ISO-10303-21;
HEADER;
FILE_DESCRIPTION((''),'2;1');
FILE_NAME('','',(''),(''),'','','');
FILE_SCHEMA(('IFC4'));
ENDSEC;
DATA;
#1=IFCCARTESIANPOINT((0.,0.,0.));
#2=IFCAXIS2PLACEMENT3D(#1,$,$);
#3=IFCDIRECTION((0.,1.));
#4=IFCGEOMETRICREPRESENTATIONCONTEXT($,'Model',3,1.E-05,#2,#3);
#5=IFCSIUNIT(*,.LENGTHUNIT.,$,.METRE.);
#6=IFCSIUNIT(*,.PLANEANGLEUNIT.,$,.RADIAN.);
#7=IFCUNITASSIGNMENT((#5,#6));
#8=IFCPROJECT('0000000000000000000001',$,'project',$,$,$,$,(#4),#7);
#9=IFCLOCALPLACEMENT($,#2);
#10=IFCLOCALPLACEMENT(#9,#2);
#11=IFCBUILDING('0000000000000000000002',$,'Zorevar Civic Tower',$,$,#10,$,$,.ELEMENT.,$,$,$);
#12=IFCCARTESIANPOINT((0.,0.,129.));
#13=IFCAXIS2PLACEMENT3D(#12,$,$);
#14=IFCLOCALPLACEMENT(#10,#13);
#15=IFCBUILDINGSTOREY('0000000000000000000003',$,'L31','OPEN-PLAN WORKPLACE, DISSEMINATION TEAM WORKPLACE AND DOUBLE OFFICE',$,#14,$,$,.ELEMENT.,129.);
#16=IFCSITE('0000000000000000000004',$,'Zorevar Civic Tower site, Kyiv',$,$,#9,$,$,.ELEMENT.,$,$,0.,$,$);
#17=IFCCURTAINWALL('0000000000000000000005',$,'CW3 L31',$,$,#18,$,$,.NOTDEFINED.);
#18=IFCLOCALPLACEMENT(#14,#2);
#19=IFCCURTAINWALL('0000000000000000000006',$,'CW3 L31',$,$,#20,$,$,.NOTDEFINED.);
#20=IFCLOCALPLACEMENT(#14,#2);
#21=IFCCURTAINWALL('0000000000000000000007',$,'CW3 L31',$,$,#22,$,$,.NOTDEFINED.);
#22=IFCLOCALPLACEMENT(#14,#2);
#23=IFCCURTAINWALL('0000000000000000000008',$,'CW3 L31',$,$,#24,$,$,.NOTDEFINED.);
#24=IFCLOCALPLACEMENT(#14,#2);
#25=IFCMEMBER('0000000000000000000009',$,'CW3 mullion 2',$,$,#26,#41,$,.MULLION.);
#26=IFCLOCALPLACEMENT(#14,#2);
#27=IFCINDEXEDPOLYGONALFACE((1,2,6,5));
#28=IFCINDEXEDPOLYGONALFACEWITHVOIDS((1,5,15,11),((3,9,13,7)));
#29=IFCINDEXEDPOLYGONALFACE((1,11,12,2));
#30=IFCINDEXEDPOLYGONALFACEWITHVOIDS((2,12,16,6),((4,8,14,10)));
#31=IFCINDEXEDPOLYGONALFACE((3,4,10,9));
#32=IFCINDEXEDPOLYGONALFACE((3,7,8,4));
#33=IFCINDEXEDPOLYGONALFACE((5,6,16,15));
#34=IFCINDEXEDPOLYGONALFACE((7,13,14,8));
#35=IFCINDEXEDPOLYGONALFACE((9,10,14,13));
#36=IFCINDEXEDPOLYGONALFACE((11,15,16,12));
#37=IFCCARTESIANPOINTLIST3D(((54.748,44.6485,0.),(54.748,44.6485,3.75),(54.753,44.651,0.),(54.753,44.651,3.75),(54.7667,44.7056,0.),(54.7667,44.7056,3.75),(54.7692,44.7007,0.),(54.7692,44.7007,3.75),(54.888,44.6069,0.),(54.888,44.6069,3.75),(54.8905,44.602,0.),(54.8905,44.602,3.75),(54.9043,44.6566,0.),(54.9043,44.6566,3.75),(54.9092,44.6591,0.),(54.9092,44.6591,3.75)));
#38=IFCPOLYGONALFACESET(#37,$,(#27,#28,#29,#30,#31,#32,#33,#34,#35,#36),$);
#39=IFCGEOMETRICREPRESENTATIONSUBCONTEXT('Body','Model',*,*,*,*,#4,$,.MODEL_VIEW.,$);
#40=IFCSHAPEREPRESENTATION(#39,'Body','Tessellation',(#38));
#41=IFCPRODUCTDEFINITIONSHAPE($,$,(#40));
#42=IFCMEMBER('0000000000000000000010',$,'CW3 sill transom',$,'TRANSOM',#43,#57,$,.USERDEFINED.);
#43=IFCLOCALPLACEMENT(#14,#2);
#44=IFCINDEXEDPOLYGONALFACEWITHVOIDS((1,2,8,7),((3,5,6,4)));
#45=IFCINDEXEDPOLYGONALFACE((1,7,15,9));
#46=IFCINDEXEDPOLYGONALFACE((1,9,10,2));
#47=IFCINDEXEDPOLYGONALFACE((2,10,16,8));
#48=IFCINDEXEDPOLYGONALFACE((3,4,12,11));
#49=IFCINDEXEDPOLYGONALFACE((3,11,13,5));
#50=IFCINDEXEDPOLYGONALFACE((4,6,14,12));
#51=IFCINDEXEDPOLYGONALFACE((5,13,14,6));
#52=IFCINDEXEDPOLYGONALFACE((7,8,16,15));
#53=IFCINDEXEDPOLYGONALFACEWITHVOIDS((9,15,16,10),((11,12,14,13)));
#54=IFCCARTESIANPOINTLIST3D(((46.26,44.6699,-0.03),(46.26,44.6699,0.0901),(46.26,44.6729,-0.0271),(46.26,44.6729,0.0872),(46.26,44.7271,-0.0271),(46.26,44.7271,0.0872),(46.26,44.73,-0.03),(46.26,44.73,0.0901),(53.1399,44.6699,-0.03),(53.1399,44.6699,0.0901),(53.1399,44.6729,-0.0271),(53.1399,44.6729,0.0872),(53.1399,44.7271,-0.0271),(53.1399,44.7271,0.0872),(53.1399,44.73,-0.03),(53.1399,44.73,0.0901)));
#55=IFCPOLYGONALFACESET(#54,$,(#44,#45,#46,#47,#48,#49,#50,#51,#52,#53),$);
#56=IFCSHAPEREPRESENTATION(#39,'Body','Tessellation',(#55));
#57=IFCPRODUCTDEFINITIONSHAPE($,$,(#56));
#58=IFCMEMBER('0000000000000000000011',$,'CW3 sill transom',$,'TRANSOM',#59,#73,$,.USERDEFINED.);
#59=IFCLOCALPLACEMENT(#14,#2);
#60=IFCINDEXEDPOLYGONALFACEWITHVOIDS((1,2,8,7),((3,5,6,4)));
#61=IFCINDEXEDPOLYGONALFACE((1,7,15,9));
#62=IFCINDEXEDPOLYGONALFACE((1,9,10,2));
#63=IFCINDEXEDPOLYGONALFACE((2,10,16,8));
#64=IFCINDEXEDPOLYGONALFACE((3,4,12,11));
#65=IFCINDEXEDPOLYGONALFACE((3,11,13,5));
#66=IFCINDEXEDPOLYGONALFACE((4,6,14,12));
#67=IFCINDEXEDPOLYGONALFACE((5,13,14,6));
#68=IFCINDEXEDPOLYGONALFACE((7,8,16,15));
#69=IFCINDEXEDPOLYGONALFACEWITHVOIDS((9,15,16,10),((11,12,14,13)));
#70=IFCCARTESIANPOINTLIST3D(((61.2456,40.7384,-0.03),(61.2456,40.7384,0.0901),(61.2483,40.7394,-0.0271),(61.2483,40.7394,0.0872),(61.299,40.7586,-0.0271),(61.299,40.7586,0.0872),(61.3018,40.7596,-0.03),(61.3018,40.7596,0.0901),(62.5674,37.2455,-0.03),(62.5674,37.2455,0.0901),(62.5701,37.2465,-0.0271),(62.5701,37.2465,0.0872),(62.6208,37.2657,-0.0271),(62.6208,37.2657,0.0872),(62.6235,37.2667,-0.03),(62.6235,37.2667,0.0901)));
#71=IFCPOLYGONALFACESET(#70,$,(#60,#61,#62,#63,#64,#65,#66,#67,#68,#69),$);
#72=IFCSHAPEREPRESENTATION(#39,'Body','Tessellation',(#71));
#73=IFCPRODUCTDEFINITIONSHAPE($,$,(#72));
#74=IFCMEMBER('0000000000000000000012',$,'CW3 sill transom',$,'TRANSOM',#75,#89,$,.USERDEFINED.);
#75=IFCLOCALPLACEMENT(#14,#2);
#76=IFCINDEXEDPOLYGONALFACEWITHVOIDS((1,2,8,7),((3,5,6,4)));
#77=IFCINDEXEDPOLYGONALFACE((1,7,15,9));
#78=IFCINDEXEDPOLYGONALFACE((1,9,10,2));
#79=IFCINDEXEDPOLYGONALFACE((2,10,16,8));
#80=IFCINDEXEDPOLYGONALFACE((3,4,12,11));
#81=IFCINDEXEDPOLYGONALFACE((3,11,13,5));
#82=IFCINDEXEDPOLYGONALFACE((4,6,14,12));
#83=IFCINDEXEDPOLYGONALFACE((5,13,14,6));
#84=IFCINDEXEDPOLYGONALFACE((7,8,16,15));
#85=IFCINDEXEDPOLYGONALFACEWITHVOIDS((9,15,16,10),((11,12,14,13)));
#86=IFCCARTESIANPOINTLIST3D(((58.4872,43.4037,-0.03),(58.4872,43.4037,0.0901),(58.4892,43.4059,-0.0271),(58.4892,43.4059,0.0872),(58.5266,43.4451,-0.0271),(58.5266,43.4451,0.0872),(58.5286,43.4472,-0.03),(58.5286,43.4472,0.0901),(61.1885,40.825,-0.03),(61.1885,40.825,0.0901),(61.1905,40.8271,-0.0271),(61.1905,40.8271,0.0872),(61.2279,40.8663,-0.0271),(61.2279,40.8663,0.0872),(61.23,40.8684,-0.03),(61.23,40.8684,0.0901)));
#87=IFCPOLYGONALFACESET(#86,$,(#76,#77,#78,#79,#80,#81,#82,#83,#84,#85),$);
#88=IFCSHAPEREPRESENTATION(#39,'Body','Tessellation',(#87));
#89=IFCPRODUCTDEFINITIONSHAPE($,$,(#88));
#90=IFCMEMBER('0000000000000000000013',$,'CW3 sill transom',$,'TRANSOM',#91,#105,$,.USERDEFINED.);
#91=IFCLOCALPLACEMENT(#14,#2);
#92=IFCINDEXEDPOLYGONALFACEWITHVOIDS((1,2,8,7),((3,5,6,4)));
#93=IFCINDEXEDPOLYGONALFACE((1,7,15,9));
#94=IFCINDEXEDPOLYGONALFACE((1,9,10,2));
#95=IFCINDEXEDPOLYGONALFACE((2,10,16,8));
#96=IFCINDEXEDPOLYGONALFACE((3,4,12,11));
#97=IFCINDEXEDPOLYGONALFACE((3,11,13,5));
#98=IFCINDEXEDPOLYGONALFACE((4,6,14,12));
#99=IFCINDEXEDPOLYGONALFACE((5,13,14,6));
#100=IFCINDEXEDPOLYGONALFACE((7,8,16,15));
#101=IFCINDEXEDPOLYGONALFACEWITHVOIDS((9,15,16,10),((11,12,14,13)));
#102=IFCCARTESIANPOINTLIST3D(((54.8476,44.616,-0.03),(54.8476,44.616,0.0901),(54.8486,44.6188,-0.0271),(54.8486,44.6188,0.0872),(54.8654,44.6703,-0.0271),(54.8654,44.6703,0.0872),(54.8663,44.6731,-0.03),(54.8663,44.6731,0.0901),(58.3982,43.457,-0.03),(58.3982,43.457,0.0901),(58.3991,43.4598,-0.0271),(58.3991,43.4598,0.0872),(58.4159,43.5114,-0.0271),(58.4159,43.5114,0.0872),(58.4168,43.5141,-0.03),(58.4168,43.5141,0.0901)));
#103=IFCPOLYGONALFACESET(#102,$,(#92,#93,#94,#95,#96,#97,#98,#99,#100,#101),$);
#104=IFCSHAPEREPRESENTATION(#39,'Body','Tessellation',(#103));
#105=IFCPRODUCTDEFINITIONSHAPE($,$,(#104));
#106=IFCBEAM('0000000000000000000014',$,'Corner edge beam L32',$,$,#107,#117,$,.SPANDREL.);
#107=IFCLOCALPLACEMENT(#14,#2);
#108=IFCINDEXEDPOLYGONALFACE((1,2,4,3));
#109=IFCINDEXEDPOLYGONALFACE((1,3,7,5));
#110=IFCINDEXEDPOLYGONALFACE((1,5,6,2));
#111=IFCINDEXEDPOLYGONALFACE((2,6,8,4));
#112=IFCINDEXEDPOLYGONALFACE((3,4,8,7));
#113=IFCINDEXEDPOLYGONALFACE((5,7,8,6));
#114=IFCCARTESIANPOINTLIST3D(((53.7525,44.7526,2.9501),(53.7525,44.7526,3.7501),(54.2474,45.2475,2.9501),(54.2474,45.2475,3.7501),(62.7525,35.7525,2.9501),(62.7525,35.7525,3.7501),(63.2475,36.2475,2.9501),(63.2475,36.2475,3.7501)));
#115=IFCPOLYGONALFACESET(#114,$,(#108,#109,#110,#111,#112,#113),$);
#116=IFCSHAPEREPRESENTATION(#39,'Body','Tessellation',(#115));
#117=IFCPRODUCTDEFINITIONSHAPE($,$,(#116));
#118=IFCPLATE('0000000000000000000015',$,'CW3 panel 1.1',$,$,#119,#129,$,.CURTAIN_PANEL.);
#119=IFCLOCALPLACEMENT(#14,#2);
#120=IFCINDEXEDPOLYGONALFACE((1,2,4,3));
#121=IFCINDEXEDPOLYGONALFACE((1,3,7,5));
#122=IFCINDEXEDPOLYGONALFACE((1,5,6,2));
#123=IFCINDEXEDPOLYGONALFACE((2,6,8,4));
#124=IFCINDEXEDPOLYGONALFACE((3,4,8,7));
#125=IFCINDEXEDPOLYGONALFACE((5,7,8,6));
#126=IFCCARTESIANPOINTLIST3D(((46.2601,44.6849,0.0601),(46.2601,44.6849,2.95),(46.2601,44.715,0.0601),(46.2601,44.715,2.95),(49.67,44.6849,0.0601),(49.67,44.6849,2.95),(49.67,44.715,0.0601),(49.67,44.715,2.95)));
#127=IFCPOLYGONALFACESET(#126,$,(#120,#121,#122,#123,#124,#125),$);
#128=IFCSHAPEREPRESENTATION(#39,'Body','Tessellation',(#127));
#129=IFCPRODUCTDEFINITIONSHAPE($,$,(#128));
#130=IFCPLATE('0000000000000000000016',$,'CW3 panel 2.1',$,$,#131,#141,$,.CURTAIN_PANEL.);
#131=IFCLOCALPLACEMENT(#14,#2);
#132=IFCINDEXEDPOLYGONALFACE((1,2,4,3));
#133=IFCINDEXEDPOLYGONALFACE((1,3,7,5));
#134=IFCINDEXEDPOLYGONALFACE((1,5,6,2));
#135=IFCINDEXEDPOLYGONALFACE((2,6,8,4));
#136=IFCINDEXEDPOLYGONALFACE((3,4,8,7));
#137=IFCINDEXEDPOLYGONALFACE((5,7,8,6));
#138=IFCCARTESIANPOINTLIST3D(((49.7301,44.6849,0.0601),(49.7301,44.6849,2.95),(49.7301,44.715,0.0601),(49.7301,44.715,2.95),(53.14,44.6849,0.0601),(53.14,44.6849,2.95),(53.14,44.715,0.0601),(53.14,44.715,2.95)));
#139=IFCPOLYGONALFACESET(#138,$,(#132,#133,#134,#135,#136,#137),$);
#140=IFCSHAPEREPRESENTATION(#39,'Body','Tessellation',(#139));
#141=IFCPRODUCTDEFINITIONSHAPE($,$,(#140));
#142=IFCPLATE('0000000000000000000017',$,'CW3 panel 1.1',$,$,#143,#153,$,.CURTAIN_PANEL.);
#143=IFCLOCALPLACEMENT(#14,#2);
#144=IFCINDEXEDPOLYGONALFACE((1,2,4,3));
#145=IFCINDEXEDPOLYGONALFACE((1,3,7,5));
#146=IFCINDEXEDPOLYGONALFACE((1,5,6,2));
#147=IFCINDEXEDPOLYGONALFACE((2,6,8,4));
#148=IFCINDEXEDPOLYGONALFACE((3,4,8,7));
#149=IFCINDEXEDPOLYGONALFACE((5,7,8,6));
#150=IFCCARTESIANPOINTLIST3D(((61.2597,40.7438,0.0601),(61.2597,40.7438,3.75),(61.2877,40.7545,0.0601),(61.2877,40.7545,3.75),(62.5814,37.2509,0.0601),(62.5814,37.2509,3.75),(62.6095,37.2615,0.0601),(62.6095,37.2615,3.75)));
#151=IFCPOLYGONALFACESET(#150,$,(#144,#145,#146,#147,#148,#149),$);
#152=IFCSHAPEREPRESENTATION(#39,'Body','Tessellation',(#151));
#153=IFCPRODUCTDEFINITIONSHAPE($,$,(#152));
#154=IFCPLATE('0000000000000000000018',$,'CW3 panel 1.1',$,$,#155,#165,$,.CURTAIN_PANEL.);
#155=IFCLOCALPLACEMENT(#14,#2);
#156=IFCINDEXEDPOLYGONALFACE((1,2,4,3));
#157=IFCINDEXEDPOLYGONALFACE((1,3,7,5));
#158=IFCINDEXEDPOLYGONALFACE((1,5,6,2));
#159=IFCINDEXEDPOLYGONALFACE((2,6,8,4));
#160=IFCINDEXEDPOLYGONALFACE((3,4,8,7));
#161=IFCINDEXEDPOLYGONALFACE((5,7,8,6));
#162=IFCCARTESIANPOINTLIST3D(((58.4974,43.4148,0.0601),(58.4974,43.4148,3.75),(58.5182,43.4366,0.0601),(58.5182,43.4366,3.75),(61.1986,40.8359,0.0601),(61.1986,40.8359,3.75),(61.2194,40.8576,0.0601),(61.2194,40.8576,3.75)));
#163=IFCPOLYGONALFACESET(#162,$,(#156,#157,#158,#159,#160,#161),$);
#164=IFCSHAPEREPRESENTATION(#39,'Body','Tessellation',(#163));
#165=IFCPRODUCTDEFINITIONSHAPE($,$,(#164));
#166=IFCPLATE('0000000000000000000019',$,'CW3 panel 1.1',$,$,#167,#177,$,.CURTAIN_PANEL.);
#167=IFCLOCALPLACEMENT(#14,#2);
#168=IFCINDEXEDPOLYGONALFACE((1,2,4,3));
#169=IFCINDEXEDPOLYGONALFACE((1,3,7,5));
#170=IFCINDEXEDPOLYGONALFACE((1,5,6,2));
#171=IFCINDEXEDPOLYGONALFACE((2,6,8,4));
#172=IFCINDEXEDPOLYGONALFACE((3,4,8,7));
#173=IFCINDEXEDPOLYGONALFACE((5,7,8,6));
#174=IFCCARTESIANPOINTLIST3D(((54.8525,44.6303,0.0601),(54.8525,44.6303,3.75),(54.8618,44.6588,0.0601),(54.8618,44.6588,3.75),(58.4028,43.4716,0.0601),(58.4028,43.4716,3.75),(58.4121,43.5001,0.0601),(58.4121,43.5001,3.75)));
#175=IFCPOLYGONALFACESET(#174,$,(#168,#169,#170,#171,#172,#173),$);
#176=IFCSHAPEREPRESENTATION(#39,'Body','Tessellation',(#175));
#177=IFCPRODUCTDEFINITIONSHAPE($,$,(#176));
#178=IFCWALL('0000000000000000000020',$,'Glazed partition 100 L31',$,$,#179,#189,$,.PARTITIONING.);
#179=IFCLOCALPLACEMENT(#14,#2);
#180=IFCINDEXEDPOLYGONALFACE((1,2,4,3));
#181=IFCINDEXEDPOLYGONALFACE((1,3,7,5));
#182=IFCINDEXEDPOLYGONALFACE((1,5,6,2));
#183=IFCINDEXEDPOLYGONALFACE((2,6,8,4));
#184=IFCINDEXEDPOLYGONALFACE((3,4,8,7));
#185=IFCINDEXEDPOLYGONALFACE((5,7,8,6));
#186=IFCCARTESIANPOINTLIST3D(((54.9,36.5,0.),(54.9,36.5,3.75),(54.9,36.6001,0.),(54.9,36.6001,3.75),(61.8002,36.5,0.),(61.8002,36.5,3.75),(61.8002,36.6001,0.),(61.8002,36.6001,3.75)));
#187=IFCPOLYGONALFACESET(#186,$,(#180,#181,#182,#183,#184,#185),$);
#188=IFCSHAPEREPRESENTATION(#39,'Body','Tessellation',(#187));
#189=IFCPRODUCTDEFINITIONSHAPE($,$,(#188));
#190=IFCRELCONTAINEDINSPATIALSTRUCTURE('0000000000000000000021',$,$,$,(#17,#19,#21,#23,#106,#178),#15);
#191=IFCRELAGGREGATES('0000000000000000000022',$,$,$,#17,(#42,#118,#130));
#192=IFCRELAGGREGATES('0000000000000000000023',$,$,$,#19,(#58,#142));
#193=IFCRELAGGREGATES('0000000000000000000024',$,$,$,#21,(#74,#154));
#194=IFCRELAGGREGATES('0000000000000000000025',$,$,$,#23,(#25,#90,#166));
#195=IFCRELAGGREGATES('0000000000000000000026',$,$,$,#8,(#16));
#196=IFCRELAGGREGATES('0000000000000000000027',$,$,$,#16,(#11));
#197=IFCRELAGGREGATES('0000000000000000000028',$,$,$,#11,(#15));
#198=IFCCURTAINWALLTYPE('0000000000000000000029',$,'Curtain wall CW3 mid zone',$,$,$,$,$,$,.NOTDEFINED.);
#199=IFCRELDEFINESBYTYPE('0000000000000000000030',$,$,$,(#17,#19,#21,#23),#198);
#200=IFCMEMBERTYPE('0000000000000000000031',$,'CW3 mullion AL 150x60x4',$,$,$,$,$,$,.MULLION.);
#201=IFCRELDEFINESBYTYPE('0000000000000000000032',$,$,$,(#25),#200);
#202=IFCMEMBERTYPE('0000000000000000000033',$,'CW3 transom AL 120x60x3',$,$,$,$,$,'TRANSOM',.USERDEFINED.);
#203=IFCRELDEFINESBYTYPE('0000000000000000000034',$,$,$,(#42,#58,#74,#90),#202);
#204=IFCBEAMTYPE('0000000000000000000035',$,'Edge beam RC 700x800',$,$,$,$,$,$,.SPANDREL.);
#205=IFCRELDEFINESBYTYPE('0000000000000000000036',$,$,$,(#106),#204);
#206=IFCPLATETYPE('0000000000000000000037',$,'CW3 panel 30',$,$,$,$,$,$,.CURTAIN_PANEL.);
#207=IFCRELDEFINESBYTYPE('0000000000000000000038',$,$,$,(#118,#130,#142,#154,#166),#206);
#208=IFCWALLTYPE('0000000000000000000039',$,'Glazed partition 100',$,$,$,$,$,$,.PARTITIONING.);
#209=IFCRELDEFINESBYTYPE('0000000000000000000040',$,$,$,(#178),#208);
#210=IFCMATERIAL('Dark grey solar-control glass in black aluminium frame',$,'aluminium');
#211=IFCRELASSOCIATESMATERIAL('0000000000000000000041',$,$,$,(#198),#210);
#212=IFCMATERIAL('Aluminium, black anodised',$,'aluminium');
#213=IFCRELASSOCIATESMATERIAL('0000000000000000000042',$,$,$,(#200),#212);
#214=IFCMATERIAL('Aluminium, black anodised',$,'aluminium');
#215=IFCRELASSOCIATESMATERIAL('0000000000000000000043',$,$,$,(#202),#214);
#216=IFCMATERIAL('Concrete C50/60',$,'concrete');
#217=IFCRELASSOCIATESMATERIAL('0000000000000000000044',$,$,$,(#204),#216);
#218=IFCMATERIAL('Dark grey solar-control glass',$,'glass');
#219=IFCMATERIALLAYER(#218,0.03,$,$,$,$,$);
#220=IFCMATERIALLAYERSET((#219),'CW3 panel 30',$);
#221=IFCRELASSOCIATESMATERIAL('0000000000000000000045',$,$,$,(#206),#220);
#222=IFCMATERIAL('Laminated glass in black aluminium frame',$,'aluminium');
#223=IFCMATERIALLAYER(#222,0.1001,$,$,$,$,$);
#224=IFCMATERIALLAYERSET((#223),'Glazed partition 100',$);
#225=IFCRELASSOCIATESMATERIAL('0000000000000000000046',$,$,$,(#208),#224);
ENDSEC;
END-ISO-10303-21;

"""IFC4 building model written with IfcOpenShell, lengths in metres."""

from ifc_helpers import new_model, si_unit, direction, frame, frame_2d, origin, origin_2d, place, context, subcontext, project, spatial, rectangle, hollow_rectangle, extrude, material, layer, layer_set, material_profile, profile_set, type_object, element, aggregate, save


model = new_model("IFC4")

# Units and contexts
model_context = context("Model", 3, precision=1e-05, world=origin(), true_north=direction((0.0, 1.0)))
body_context = subcontext(model_context, "Body", "Model", "MODEL_VIEW")
ifc_project = project(units=[si_unit("LENGTHUNIT", "METRE"), si_unit("PLANEANGLEUNIT", "RADIAN")], contexts=[model_context])

# Site, building, storey
site_placement = place(None, origin())
site = spatial("IfcSite", under=ifc_project, at=site_placement, Name="Zorevar Civic Tower site, Kyiv", CompositionType="ELEMENT", RefElevation=0.0)
building_placement = place(site_placement, origin())
building = spatial("IfcBuilding", under=site, at=building_placement, Name="Zorevar Civic Tower", CompositionType="ELEMENT")
storey_placement = place(building_placement, frame((0.0, 0.0, 129.0)))
storey = spatial("IfcBuildingStorey", under=building, at=storey_placement, Name="L31", Description="OPEN-PLAN WORKPLACE, DISSEMINATION TEAM WORKPLACE AND DOUBLE OFFICE", CompositionType="ELEMENT", Elevation=129.0)

# Curtain walls, member
ifc_material_1 = material(Name="Dark grey solar-control glass in black aluminium frame", Category="aluminium")
curtain_wall_type = type_object("IfcCurtainWallType", Name="Curtain wall CW3 mid zone", PredefinedType="NOTDEFINED", material=ifc_material_1)
curtain_wall_1_placement = place(storey_placement, origin())
curtain_wall_1 = element("IfcCurtainWall", 1, at=curtain_wall_1_placement, inside=storey, type_object=curtain_wall_type, Name="CW3 L31", PredefinedType="NOTDEFINED")
ifc_material_2 = material(Name="Aluminium, black anodised", Category="aluminium")
ifc_material_profile_1 = material_profile(ifc_material_2, hollow_rectangle(XDim=0.0601, YDim=0.1499, WallThickness=0.0039, at=origin_2d()), Name="AL 150x60x4")
ifc_profile_set_1 = profile_set([ifc_material_profile_1], Name="Aluminium, black anodised")
member_type_1 = type_object("IfcMemberType", Name="CW3 mullion AL 150x60x4", PredefinedType="MULLION", material=ifc_profile_set_1)
curtain_wall_2_placement = place(storey_placement, origin())
curtain_wall_2 = element("IfcCurtainWall", 2, at=curtain_wall_2_placement, inside=storey, type_object=curtain_wall_type, Name="CW3 L31", PredefinedType="NOTDEFINED")
curtain_wall_3_placement = place(storey_placement, origin())
curtain_wall_3 = element("IfcCurtainWall", 3, at=curtain_wall_3_placement, inside=storey, type_object=curtain_wall_type, Name="CW3 L31", PredefinedType="NOTDEFINED")
curtain_wall_4_placement = place(storey_placement, origin())
curtain_wall_4 = element("IfcCurtainWall", 4, at=curtain_wall_4_placement, inside=storey, type_object=curtain_wall_type, Name="CW3 L31", PredefinedType="NOTDEFINED")
member_1_placement = place(storey_placement, frame((54.8286, 44.6538, 0.0), z_axis=(0.0, 0.0, 1.0), x_axis=(-0.310263, -0.950651, 0.0)))
member_1 = element("IfcMember", 5, at=member_1_placement, type_object=member_type_1, Name="CW3 mullion 2", PredefinedType="MULLION", context=body_context, shape_type="SweptSolid", body=[
    extrude(hollow_rectangle(XDim=0.0601, YDim=0.1499, WallThickness=0.0039, at=origin_2d()), origin(), (0.0, 0.0, 1.0), 3.75),
])

# Members
ifc_material_3 = material(Name="Aluminium, black anodised", Category="aluminium")
ifc_material_profile_2 = material_profile(ifc_material_3, hollow_rectangle(XDim=0.0601, YDim=0.1201, WallThickness=0.0029, at=origin_2d()), Name="AL 120x60x3")
ifc_profile_set_2 = profile_set([ifc_material_profile_2], Name="Aluminium, black anodised")
member_type_2 = type_object("IfcMemberType", Name="CW3 transom AL 120x60x3", ElementType="TRANSOM", PredefinedType="USERDEFINED", material=ifc_profile_set_2)
member_2_placement = place(storey_placement, frame((46.26, 44.7, 0.03), z_axis=(1.0, 0.0, 0.0), x_axis=(0.0, 1.0, 0.0)))
member_2 = element("IfcMember", 6, at=member_2_placement, type_object=member_type_2, Name="CW3 sill transom", ObjectType="TRANSOM", PredefinedType="USERDEFINED", context=body_context, shape_type="SweptSolid", body=[
    extrude(hollow_rectangle(XDim=0.0601, YDim=0.1201, WallThickness=0.0029, at=origin_2d()), origin(), (0.0, 0.0, 1.0), 6.8799),
])
member_3_placement = place(storey_placement, frame((62.5955, 37.2561, 0.03), z_axis=(-0.353923, 0.935275, 0.0), x_axis=(-0.935275, -0.353923, 0.0)))
member_3 = element("IfcMember", 7, at=member_3_placement, type_object=member_type_2, Name="CW3 sill transom", ObjectType="TRANSOM", PredefinedType="USERDEFINED", context=body_context, shape_type="SweptSolid", body=[
    extrude(hollow_rectangle(XDim=0.0601, YDim=0.1201, WallThickness=0.0029, at=origin_2d()), origin(), (0.0, 0.0, 1.0), 3.7346),
])
member_4_placement = place(storey_placement, frame((61.2092, 40.8467, 0.03), z_axis=(-0.723324, 0.690508, 0.0), x_axis=(-0.690508, -0.723324, 0.0)))
member_4 = element("IfcMember", 8, at=member_4_placement, type_object=member_type_2, Name="CW3 sill transom", ObjectType="TRANSOM", PredefinedType="USERDEFINED", context=body_context, shape_type="SweptSolid", body=[
    extrude(hollow_rectangle(XDim=0.0601, YDim=0.1201, WallThickness=0.0029, at=origin_2d()), origin(), (0.0, 0.0, 1.0), 3.7346),
])
member_5_placement = place(storey_placement, frame((58.4075, 43.4856, 0.03), z_axis=(-0.950639, 0.310299, 0.0), x_axis=(-0.310299, -0.950639, 0.0)))
member_5 = element("IfcMember", 9, at=member_5_placement, type_object=member_type_2, Name="CW3 sill transom", ObjectType="TRANSOM", PredefinedType="USERDEFINED", context=body_context, shape_type="SweptSolid", body=[
    extrude(hollow_rectangle(XDim=0.0601, YDim=0.1201, WallThickness=0.0029, at=origin_2d()), origin(), (0.0, 0.0, 1.0), 3.7349),
])

# Beam
ifc_material_4 = material(Name="Concrete C50/60", Category="concrete")
ifc_material_profile_3 = material_profile(ifc_material_4, rectangle(XDim=0.7, YDim=0.8, at=origin_2d()), Name="RC 700x800")
ifc_profile_set_3 = profile_set([ifc_material_profile_3], Name="Concrete C50/60")
beam_type_1 = type_object("IfcBeamType", Name="Edge beam RC 700x800", PredefinedType="SPANDREL", material=ifc_profile_set_3)
beam_1_placement = place(storey_placement, frame((63.0, 36.0, 3.3501), z_axis=(-0.707107, 0.707107, 0.0), x_axis=(-0.707107, -0.707107, 0.0)))
element("IfcBeam", 10, at=beam_1_placement, inside=storey, type_object=beam_type_1, Name="Corner edge beam L32", PredefinedType="SPANDREL", context=body_context, shape_type="SweptSolid", body=[
    extrude(rectangle(XDim=0.7, YDim=0.8, at=origin_2d()), origin(), (0.0, 0.0, 1.0), 12.728),
])

# Plates
ifc_material_5 = material(Name="Dark grey solar-control glass", Category="glass")
ifc_layer_1 = layer(ifc_material_5, 0.03)
ifc_layer_set_1 = layer_set([ifc_layer_1], Name="CW3 panel 30")
plate_type = type_object("IfcPlateType", Name="CW3 panel 30", PredefinedType="CURTAIN_PANEL", material=ifc_layer_set_1)
plate_1_placement = place(storey_placement, frame((47.9651, 44.7, 0.0601), z_axis=(0.0, 0.0, 1.0), x_axis=(1.0, 0.0, 0.0)))
plate_1 = element("IfcPlate", 11, at=plate_1_placement, type_object=plate_type, Name="CW3 panel 1.1", PredefinedType="CURTAIN_PANEL", context=body_context, shape_type="SweptSolid", body=[
    extrude(rectangle(XDim=3.4099, YDim=0.03, at=origin_2d()), origin(), (0.0, 0.0, 1.0), 2.8899),
])
plate_2_placement = place(storey_placement, frame((51.4351, 44.7, 0.0601), z_axis=(0.0, 0.0, 1.0), x_axis=(1.0, 0.0, 0.0)))
plate_2 = element("IfcPlate", 12, at=plate_2_placement, type_object=plate_type, Name="CW3 panel 2.1", PredefinedType="CURTAIN_PANEL", context=body_context, shape_type="SweptSolid", body=[
    extrude(rectangle(XDim=3.4099, YDim=0.03, at=origin_2d()), origin(), (0.0, 0.0, 1.0), 2.8899),
])
aggregate(curtain_wall_1, [member_2, plate_1, plate_2])
plate_3_placement = place(storey_placement, frame((61.9346, 39.0027, 0.0601), z_axis=(0.0, 0.0, 1.0), x_axis=(-0.353918, 0.935277, 0.0)))
plate_3 = element("IfcPlate", 13, at=plate_3_placement, type_object=plate_type, Name="CW3 panel 1.1", PredefinedType="CURTAIN_PANEL", context=body_context, shape_type="SweptSolid", body=[
    extrude(rectangle(XDim=3.7346, YDim=0.03, at=origin_2d()), origin(), (0.0, 0.0, 1.0), 3.6899),
])
aggregate(curtain_wall_2, [member_3, plate_3])
plate_4_placement = place(storey_placement, frame((59.8584, 42.1362, 0.0601), z_axis=(0.0, 0.0, 1.0), x_axis=(-0.723289, 0.690545, 0.0)))
plate_4 = element("IfcPlate", 14, at=plate_4_placement, type_object=plate_type, Name="CW3 panel 1.1", PredefinedType="CURTAIN_PANEL", context=body_context, shape_type="SweptSolid", body=[
    extrude(rectangle(XDim=3.7346, YDim=0.03, at=origin_2d()), origin(), (0.0, 0.0, 1.0), 3.6899),
])
aggregate(curtain_wall_3, [member_4, plate_4])
plate_5_placement = place(storey_placement, frame((56.6323, 44.0652, 0.0601), z_axis=(0.0, 0.0, 1.0), x_axis=(-0.950651, 0.310263, 0.0)))
plate_5 = element("IfcPlate", 15, at=plate_5_placement, type_object=plate_type, Name="CW3 panel 1.1", PredefinedType="CURTAIN_PANEL", context=body_context, shape_type="SweptSolid", body=[
    extrude(rectangle(XDim=3.7346, YDim=0.03, at=origin_2d()), origin(), (0.0, 0.0, 1.0), 3.6899),
])
aggregate(curtain_wall_4, [member_1, member_5, plate_5])

# Wall
ifc_material_6 = material(Name="Laminated glass in black aluminium frame", Category="aluminium")
ifc_layer_2 = layer(ifc_material_6, 0.1001)
ifc_layer_set_2 = layer_set([ifc_layer_2], Name="Glazed partition 100")
wall_type_1 = type_object("IfcWallType", Name="Glazed partition 100", PredefinedType="PARTITIONING", material=ifc_layer_set_2)
wall_1_placement = place(storey_placement, frame((54.8999, 36.55, 0.0), z_axis=(0.0, 0.0, 1.0), x_axis=(1.0, 0.0, 0.0)))
element("IfcWall", 16, at=wall_1_placement, inside=storey, type_object=wall_type_1, Name="Glazed partition 100 L31", PredefinedType="PARTITIONING", context=body_context, shape_type="SweptSolid", body=[
    extrude(rectangle(XDim=6.9001, YDim=0.1001, at=frame_2d((3.4502, 0.0))), origin(), (0.0, 0.0, 1.0), 3.75),
])

save(model, "model.ifc")
